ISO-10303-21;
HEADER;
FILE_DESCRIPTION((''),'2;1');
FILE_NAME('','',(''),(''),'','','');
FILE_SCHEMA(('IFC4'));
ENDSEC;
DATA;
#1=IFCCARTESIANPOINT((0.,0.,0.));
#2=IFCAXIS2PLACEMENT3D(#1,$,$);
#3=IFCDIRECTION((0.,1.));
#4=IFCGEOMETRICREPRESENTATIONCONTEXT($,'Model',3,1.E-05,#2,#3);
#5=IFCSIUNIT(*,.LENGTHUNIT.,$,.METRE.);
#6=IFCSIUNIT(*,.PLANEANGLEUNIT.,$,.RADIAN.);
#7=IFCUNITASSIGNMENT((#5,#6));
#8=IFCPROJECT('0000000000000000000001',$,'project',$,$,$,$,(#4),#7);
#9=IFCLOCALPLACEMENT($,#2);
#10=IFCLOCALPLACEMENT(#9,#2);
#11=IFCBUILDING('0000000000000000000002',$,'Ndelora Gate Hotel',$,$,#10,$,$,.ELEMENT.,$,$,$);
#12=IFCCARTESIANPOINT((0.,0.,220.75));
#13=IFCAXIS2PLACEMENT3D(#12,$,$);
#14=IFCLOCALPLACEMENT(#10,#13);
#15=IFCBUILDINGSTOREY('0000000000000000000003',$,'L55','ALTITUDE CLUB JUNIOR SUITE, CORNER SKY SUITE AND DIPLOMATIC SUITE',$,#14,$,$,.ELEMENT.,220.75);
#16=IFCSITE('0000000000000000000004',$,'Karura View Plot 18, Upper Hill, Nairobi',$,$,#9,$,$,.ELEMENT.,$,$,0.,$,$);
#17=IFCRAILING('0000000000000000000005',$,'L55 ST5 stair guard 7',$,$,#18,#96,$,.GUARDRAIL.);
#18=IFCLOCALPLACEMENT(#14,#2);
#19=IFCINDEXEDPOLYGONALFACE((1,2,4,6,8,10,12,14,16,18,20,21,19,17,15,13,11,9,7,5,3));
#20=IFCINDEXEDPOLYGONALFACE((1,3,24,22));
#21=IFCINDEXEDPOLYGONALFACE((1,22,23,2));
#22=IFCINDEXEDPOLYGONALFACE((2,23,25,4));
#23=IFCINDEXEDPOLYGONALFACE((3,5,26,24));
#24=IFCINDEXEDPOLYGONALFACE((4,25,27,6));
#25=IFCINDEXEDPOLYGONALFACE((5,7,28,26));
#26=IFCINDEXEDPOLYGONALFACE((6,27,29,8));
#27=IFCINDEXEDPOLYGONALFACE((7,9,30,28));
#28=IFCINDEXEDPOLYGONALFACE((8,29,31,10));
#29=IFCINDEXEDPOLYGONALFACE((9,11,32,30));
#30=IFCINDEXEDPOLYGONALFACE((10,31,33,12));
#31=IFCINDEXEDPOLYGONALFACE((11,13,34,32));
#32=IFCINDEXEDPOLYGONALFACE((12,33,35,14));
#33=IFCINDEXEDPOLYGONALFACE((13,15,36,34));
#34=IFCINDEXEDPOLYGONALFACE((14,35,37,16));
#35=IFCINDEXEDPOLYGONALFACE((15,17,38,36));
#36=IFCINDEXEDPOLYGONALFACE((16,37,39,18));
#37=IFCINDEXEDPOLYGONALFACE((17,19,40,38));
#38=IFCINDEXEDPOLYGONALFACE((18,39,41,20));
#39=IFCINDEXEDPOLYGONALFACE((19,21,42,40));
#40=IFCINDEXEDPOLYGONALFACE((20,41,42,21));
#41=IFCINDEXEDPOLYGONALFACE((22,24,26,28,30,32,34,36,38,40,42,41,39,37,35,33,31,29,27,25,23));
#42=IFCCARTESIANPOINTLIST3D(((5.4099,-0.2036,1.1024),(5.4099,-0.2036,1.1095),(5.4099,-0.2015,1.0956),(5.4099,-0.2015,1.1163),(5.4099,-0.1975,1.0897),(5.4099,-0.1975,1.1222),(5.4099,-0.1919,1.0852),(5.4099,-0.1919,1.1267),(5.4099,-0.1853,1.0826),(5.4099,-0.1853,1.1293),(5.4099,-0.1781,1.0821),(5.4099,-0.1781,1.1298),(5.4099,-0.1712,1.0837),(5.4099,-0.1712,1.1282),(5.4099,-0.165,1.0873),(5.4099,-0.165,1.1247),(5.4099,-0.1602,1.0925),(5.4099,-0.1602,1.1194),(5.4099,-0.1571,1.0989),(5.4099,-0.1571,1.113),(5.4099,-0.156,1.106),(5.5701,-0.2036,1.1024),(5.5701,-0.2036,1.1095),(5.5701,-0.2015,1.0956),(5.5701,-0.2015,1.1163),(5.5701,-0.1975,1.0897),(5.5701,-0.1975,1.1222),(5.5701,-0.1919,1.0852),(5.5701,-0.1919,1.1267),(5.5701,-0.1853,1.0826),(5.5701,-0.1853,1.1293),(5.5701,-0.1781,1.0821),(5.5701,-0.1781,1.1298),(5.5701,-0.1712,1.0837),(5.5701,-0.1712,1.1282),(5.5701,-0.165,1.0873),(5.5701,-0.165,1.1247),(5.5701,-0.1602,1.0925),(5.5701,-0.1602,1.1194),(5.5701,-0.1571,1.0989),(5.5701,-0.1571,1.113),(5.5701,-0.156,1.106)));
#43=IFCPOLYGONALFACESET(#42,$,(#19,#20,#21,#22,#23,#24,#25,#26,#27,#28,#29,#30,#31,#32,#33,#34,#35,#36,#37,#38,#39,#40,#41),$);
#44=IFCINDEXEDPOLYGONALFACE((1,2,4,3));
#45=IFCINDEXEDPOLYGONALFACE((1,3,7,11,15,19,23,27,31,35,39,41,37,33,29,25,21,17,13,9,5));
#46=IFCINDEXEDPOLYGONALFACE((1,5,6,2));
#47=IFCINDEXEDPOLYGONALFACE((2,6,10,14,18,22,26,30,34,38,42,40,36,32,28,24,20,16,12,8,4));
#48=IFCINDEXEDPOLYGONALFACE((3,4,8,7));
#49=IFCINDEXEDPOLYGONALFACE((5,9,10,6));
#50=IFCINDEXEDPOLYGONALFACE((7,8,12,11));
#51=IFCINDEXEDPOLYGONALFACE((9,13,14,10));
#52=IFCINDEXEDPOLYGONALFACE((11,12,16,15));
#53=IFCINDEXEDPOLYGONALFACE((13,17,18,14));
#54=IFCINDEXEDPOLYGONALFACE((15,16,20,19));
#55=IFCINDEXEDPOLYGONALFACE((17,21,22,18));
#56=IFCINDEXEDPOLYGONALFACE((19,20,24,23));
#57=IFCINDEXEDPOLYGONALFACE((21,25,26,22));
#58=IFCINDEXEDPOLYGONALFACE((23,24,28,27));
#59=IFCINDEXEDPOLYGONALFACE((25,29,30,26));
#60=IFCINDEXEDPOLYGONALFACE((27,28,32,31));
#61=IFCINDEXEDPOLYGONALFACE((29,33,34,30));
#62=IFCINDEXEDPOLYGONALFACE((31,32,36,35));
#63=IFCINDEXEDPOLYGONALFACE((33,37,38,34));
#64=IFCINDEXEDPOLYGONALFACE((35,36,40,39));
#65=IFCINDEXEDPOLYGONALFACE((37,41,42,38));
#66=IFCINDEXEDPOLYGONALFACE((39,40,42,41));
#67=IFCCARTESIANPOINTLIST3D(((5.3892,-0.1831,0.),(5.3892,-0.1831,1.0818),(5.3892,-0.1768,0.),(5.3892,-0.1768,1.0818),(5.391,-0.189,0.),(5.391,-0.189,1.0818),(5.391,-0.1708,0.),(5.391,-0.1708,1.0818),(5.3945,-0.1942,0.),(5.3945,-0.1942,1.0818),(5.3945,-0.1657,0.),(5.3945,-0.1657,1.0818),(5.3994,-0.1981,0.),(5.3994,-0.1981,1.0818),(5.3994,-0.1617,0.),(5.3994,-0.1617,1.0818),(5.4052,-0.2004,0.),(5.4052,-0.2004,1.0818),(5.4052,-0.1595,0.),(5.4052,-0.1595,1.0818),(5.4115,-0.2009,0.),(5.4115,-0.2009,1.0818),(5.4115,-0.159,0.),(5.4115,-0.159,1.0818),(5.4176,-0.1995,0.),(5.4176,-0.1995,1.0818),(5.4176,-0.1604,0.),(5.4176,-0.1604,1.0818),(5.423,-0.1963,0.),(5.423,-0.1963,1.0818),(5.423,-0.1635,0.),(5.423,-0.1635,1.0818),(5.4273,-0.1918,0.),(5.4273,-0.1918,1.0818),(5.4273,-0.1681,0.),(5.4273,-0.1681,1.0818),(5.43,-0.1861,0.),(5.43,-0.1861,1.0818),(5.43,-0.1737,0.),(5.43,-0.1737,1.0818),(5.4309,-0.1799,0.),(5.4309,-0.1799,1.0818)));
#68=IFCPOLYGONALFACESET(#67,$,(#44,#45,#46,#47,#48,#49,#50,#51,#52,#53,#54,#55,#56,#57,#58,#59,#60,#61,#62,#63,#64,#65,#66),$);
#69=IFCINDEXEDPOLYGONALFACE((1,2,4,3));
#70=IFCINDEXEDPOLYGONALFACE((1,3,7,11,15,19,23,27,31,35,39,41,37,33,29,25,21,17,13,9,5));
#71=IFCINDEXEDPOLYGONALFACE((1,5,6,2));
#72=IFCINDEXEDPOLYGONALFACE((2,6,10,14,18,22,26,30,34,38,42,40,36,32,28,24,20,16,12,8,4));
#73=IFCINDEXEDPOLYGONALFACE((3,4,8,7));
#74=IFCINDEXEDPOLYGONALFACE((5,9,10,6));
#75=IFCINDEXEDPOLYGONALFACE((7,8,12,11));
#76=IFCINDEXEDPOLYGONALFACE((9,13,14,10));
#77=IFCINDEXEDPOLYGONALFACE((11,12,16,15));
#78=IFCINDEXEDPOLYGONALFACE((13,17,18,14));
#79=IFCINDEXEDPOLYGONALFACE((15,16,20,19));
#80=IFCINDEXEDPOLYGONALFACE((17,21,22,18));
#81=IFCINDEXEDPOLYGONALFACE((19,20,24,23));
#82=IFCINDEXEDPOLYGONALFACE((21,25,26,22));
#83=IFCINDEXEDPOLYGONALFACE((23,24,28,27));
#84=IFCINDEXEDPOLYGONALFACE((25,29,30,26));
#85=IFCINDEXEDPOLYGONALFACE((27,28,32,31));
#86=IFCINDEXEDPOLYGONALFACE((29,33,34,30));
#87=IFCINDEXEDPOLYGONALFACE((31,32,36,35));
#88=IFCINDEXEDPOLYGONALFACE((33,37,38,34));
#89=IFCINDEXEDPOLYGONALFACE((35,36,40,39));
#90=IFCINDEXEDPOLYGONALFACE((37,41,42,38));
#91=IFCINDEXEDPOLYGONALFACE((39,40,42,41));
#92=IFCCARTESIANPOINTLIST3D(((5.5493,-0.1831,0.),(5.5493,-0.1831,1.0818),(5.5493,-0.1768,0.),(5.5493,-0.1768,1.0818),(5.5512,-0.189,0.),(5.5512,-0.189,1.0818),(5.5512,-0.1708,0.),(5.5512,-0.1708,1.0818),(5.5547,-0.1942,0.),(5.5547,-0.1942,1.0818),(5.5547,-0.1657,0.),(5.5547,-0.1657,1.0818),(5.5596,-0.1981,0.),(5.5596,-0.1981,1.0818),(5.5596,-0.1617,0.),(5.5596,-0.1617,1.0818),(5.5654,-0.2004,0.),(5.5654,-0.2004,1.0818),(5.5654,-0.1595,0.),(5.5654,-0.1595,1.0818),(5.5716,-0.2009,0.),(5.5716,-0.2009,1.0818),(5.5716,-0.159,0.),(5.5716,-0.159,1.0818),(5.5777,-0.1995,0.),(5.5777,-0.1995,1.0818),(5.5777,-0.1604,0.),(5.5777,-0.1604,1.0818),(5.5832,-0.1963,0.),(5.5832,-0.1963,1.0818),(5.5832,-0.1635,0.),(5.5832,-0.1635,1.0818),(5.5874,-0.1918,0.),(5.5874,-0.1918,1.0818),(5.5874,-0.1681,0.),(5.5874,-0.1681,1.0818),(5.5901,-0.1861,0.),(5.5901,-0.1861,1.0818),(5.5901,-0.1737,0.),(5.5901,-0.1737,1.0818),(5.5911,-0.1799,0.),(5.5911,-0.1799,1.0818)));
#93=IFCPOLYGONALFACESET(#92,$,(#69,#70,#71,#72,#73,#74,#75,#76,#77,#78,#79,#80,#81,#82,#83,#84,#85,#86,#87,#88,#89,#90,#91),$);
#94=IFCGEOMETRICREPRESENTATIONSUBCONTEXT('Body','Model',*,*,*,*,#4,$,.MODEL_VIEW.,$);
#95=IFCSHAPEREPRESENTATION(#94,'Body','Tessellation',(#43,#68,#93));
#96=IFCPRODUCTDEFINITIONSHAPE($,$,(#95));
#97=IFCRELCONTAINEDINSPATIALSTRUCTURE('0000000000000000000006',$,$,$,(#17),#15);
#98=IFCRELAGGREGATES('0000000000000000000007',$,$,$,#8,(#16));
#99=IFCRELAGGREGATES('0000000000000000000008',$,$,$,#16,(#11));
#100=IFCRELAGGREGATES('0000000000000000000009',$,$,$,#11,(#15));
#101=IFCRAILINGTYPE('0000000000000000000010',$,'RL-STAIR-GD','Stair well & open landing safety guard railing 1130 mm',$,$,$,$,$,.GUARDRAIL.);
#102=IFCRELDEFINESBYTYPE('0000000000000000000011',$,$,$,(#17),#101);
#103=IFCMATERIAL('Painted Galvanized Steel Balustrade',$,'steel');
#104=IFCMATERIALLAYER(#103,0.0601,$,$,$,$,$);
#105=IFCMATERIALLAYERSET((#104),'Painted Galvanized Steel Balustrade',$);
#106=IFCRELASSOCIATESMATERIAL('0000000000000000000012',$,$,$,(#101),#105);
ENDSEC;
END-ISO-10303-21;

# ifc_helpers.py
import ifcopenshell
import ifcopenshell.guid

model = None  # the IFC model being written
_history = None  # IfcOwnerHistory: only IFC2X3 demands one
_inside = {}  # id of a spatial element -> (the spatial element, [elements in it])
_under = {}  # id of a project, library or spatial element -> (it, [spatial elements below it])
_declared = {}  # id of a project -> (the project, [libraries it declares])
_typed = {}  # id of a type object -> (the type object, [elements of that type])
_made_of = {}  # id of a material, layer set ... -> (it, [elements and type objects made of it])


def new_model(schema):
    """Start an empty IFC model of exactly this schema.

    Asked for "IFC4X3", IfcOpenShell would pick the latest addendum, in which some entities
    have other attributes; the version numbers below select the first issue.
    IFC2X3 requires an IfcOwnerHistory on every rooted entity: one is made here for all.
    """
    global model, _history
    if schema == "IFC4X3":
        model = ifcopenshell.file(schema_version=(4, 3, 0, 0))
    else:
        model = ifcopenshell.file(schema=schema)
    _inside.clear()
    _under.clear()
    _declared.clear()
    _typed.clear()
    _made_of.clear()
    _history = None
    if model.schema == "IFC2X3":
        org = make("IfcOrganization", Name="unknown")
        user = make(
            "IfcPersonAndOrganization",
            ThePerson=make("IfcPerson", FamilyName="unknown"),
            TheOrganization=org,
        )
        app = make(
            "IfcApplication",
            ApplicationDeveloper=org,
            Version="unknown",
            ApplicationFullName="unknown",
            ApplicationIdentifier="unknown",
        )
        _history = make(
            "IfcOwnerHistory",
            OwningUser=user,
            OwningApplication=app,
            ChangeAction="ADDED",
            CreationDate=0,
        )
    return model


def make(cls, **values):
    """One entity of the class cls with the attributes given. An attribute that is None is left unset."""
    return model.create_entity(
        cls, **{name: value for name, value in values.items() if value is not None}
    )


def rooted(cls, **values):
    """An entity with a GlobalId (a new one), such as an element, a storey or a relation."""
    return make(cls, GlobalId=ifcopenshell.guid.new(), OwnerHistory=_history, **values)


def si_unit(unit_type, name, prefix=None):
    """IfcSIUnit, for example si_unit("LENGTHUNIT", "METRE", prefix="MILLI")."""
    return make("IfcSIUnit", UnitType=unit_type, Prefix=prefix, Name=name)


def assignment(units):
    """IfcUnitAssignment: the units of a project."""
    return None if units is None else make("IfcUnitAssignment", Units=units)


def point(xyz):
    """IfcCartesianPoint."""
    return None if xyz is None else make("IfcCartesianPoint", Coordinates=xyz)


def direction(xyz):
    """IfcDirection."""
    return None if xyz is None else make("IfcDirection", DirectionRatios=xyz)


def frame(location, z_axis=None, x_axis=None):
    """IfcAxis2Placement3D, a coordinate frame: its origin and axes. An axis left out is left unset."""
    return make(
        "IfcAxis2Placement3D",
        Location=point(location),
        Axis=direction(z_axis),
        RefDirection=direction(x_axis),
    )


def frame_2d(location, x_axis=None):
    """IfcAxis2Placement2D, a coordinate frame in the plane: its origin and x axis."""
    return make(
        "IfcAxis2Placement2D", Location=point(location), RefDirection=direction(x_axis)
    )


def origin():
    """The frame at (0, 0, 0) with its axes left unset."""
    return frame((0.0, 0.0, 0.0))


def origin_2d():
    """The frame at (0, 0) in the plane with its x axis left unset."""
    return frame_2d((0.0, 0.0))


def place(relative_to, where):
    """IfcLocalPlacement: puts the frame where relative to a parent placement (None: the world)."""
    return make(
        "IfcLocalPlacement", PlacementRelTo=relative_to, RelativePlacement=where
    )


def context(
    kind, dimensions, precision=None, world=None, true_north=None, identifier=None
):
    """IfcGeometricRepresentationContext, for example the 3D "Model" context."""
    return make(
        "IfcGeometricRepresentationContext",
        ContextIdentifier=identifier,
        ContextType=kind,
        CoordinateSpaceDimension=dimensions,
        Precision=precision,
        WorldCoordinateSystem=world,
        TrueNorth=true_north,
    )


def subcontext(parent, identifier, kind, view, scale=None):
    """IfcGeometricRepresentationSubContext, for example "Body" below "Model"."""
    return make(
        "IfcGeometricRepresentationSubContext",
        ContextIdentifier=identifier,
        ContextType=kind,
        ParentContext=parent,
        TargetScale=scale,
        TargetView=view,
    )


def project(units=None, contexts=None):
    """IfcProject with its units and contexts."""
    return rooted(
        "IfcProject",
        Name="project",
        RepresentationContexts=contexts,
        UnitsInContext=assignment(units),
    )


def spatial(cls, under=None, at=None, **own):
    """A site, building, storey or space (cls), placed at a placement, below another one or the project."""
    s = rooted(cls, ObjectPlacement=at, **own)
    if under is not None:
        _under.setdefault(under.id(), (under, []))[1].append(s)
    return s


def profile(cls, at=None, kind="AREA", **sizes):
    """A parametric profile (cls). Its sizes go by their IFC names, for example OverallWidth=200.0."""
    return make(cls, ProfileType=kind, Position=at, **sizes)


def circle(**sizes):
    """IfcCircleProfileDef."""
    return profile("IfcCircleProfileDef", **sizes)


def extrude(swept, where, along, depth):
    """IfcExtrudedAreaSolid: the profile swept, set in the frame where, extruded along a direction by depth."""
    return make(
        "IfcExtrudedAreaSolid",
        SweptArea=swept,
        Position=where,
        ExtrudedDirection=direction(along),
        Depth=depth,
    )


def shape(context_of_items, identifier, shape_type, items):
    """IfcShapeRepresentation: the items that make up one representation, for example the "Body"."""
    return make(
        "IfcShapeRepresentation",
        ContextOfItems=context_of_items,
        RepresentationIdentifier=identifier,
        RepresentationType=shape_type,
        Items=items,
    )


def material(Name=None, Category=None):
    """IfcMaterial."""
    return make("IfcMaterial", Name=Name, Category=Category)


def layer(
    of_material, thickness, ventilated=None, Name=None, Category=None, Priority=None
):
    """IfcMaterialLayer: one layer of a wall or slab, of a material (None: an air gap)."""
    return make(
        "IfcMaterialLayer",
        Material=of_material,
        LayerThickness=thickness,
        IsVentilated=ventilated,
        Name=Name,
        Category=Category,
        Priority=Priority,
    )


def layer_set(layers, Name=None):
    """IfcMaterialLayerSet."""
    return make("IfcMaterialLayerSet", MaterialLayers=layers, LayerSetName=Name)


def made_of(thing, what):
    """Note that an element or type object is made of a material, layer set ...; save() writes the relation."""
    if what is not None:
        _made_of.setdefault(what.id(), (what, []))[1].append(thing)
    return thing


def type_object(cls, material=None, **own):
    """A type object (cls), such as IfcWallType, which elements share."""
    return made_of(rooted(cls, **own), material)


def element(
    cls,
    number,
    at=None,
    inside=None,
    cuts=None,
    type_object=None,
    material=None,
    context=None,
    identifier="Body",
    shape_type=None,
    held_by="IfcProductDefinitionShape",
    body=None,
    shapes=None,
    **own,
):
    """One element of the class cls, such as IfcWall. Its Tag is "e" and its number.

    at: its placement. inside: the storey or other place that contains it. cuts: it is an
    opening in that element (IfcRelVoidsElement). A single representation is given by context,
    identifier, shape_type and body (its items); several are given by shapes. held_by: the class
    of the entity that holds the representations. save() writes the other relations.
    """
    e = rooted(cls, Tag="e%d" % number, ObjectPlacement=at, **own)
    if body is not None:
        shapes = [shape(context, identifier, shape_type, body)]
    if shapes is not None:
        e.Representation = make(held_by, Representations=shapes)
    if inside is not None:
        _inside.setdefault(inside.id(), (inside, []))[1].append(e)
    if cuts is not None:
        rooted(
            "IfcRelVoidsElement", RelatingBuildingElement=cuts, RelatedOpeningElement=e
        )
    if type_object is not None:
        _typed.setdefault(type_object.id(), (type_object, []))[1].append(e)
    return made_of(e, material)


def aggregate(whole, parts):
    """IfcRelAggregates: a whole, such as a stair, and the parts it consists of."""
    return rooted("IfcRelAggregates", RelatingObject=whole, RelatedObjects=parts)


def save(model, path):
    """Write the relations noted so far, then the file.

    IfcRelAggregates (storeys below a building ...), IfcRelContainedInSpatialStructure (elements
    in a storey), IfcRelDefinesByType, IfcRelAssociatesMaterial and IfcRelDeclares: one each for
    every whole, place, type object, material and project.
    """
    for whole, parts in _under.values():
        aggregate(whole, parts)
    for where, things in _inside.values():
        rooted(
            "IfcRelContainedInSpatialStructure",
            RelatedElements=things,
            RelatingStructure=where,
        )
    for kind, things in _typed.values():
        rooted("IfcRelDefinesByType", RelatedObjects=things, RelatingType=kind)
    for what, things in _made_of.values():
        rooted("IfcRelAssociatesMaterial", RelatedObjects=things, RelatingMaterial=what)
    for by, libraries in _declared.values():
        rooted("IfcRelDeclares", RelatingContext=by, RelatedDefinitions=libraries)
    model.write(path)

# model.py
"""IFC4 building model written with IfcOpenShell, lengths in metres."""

from ifc_helpers import new_model, si_unit, direction, frame, origin, origin_2d, place, context, subcontext, project, spatial, circle, extrude, material, layer, layer_set, type_object, element, save


model = new_model("IFC4")

# Units and contexts
model_context = context("Model", 3, precision=1e-05, world=origin(), true_north=direction((0.0, 1.0)))
body_context = subcontext(model_context, "Body", "Model", "MODEL_VIEW")
ifc_project = project(units=[si_unit("LENGTHUNIT", "METRE"), si_unit("PLANEANGLEUNIT", "RADIAN")], contexts=[model_context])

# Site, building, storey
site_placement = place(None, origin())
site = spatial("IfcSite", under=ifc_project, at=site_placement, Name="Karura View Plot 18, Upper Hill, Nairobi", CompositionType="ELEMENT", RefElevation=0.0)
building_placement = place(site_placement, origin())
building = spatial("IfcBuilding", under=site, at=building_placement, Name="Ndelora Gate Hotel", CompositionType="ELEMENT")
storey_placement = place(building_placement, frame((0.0, 0.0, 220.75)))
storey = spatial("IfcBuildingStorey", under=building, at=storey_placement, Name="L55", Description="ALTITUDE CLUB JUNIOR SUITE, CORNER SKY SUITE AND DIPLOMATIC SUITE", CompositionType="ELEMENT", Elevation=220.75)

# Railing
ifc_material_1 = material(Name="Painted Galvanized Steel Balustrade", Category="steel")
ifc_layer_1 = layer(ifc_material_1, 0.0601)
ifc_layer_set_1 = layer_set([ifc_layer_1], Name="Painted Galvanized Steel Balustrade")
railing_type_1 = type_object("IfcRailingType", Name="RL-STAIR-GD", Description="Stair well & open landing safety guard railing 1130 mm", PredefinedType="GUARDRAIL", material=ifc_layer_set_1)
railing_1_placement = place(storey_placement, frame((5.4099, -0.1799, 0.0)))
element("IfcRailing", 1, at=railing_1_placement, inside=storey, type_object=railing_type_1, Name="L55 ST5 stair guard 7", PredefinedType="GUARDRAIL", context=body_context, shape_type="SweptSolid", body=[
    extrude(circle(Radius=0.0239, at=origin_2d()), frame((0.0, 0.0, 1.106), z_axis=(1.0, 0.0, 0.0), x_axis=(0.0, 1.0, 0.0)), (0.0, 0.0, 1.0), 0.1602),
    extrude(circle(Radius=0.021, at=origin_2d()), origin(), (0.0, 0.0, 1.0), 1.0818),
    extrude(circle(Radius=0.021, at=origin_2d()), frame((0.1602, 0.0, 0.0)), (0.0, 0.0, 1.0), 1.0818),
])

save(model, "model.ifc")
